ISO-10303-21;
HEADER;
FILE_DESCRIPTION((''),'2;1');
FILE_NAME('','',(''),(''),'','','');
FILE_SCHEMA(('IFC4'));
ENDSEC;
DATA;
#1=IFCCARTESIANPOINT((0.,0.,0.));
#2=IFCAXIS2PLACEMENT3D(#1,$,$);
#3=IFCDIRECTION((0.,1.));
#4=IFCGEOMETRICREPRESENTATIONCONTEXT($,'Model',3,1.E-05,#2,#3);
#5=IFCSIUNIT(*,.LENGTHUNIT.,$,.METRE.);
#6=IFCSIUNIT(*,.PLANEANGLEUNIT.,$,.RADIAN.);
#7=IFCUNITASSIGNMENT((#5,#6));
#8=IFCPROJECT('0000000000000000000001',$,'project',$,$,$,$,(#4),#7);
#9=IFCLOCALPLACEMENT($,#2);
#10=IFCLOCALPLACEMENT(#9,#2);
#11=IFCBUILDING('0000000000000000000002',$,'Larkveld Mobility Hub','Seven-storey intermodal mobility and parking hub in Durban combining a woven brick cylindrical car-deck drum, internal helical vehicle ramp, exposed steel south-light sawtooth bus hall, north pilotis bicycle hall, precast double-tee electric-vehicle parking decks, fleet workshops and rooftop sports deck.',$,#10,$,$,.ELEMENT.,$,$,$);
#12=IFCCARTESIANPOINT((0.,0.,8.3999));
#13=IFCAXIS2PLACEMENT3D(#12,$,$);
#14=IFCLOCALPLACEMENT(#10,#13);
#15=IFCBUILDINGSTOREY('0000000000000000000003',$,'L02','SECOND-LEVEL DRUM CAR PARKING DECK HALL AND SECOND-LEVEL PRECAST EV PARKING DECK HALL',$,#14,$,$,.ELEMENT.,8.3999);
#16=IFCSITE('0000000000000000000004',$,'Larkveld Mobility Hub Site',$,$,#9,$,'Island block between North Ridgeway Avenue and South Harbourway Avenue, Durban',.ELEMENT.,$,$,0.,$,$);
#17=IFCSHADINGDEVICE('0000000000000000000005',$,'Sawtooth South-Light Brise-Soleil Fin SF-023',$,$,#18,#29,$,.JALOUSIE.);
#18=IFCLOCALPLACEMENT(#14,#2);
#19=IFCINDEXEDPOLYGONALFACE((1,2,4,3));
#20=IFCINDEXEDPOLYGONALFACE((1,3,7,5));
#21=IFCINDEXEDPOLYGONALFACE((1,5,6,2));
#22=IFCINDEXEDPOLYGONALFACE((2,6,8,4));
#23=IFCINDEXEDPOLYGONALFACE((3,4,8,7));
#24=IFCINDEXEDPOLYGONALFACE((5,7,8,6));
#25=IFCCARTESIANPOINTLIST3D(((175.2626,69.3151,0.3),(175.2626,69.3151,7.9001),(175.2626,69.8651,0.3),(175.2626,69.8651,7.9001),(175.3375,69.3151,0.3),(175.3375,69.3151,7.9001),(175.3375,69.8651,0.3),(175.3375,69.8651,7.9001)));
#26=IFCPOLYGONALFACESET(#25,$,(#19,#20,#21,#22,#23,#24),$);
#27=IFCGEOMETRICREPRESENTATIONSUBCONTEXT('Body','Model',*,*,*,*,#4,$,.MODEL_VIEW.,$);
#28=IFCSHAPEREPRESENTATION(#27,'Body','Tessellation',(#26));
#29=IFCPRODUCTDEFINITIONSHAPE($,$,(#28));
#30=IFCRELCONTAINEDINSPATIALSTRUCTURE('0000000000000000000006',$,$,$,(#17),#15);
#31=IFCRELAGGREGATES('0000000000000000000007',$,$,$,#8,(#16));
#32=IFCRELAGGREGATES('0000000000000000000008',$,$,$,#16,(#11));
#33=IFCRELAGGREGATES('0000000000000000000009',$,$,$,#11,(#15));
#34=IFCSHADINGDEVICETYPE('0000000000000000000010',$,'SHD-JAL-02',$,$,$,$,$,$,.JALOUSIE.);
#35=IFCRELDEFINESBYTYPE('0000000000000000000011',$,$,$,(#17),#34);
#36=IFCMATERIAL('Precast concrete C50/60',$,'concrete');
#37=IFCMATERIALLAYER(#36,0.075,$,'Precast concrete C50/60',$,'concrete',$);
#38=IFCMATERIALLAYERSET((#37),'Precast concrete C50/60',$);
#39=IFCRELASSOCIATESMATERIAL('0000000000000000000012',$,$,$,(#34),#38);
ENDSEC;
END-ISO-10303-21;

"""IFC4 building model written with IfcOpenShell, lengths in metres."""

from ifc_helpers import new_model, si_unit, direction, frame, origin, origin_2d, place, context, subcontext, project, spatial, rectangle, extrude, material, layer, layer_set, type_object, element, save


model = new_model("IFC4")

# Units and contexts
model_context = context("Model", 3, precision=1e-05, world=origin(), true_north=direction((0.0, 1.0)))
body_context = subcontext(model_context, "Body", "Model", "MODEL_VIEW")
ifc_project = project(units=[si_unit("LENGTHUNIT", "METRE"), si_unit("PLANEANGLEUNIT", "RADIAN")], contexts=[model_context])

# Site, building, storey
site_placement = place(None, origin())
site = spatial("IfcSite", under=ifc_project, at=site_placement, Name="Larkveld Mobility Hub Site", LongName="Island block between North Ridgeway Avenue and South Harbourway Avenue, Durban", CompositionType="ELEMENT", RefElevation=0.0)
building_placement = place(site_placement, origin())
building = spatial("IfcBuilding", under=site, at=building_placement, Name="Larkveld Mobility Hub", Description="Seven-storey intermodal mobility and parking hub in Durban combining a woven brick cylindrical car-deck drum, internal helical vehicle ramp, exposed steel south-light sawtooth bus hall, north pilotis bicycle hall, precast double-tee electric-vehicle parking decks, fleet workshops and rooftop sports deck.", CompositionType="ELEMENT")
storey_placement = place(building_placement, frame((0.0, 0.0, 8.3999)))
storey = spatial("IfcBuildingStorey", under=building, at=storey_placement, Name="L02", Description="SECOND-LEVEL DRUM CAR PARKING DECK HALL AND SECOND-LEVEL PRECAST EV PARKING DECK HALL", CompositionType="ELEMENT", Elevation=8.3999)

# Shading device
ifc_material_1 = material(Name="Precast concrete C50/60", Category="concrete")
ifc_layer_1 = layer(ifc_material_1, 0.075, Name="Precast concrete C50/60", Category="concrete")
ifc_layer_set_1 = layer_set([ifc_layer_1], Name="Precast concrete C50/60")
shading_device_type_1 = type_object("IfcShadingDeviceType", Name="SHD-JAL-02", PredefinedType="JALOUSIE", material=ifc_layer_set_1)
shading_device_1_placement = place(storey_placement, frame((175.3, 69.5901, 0.3), z_axis=(0.0, 0.0, 1.0), x_axis=(1.0, 0.0, 0.0)))
element("IfcShadingDevice", 1, at=shading_device_1_placement, inside=storey, type_object=shading_device_type_1, Name="Sawtooth South-Light Brise-Soleil Fin SF-023", PredefinedType="JALOUSIE", context=body_context, shape_type="SweptSolid", body=[
    extrude(rectangle(XDim=0.075, YDim=0.55, at=origin_2d()), origin(), (0.0, 0.0, 1.0), 7.6001),
])

save(model, "model.ifc")
